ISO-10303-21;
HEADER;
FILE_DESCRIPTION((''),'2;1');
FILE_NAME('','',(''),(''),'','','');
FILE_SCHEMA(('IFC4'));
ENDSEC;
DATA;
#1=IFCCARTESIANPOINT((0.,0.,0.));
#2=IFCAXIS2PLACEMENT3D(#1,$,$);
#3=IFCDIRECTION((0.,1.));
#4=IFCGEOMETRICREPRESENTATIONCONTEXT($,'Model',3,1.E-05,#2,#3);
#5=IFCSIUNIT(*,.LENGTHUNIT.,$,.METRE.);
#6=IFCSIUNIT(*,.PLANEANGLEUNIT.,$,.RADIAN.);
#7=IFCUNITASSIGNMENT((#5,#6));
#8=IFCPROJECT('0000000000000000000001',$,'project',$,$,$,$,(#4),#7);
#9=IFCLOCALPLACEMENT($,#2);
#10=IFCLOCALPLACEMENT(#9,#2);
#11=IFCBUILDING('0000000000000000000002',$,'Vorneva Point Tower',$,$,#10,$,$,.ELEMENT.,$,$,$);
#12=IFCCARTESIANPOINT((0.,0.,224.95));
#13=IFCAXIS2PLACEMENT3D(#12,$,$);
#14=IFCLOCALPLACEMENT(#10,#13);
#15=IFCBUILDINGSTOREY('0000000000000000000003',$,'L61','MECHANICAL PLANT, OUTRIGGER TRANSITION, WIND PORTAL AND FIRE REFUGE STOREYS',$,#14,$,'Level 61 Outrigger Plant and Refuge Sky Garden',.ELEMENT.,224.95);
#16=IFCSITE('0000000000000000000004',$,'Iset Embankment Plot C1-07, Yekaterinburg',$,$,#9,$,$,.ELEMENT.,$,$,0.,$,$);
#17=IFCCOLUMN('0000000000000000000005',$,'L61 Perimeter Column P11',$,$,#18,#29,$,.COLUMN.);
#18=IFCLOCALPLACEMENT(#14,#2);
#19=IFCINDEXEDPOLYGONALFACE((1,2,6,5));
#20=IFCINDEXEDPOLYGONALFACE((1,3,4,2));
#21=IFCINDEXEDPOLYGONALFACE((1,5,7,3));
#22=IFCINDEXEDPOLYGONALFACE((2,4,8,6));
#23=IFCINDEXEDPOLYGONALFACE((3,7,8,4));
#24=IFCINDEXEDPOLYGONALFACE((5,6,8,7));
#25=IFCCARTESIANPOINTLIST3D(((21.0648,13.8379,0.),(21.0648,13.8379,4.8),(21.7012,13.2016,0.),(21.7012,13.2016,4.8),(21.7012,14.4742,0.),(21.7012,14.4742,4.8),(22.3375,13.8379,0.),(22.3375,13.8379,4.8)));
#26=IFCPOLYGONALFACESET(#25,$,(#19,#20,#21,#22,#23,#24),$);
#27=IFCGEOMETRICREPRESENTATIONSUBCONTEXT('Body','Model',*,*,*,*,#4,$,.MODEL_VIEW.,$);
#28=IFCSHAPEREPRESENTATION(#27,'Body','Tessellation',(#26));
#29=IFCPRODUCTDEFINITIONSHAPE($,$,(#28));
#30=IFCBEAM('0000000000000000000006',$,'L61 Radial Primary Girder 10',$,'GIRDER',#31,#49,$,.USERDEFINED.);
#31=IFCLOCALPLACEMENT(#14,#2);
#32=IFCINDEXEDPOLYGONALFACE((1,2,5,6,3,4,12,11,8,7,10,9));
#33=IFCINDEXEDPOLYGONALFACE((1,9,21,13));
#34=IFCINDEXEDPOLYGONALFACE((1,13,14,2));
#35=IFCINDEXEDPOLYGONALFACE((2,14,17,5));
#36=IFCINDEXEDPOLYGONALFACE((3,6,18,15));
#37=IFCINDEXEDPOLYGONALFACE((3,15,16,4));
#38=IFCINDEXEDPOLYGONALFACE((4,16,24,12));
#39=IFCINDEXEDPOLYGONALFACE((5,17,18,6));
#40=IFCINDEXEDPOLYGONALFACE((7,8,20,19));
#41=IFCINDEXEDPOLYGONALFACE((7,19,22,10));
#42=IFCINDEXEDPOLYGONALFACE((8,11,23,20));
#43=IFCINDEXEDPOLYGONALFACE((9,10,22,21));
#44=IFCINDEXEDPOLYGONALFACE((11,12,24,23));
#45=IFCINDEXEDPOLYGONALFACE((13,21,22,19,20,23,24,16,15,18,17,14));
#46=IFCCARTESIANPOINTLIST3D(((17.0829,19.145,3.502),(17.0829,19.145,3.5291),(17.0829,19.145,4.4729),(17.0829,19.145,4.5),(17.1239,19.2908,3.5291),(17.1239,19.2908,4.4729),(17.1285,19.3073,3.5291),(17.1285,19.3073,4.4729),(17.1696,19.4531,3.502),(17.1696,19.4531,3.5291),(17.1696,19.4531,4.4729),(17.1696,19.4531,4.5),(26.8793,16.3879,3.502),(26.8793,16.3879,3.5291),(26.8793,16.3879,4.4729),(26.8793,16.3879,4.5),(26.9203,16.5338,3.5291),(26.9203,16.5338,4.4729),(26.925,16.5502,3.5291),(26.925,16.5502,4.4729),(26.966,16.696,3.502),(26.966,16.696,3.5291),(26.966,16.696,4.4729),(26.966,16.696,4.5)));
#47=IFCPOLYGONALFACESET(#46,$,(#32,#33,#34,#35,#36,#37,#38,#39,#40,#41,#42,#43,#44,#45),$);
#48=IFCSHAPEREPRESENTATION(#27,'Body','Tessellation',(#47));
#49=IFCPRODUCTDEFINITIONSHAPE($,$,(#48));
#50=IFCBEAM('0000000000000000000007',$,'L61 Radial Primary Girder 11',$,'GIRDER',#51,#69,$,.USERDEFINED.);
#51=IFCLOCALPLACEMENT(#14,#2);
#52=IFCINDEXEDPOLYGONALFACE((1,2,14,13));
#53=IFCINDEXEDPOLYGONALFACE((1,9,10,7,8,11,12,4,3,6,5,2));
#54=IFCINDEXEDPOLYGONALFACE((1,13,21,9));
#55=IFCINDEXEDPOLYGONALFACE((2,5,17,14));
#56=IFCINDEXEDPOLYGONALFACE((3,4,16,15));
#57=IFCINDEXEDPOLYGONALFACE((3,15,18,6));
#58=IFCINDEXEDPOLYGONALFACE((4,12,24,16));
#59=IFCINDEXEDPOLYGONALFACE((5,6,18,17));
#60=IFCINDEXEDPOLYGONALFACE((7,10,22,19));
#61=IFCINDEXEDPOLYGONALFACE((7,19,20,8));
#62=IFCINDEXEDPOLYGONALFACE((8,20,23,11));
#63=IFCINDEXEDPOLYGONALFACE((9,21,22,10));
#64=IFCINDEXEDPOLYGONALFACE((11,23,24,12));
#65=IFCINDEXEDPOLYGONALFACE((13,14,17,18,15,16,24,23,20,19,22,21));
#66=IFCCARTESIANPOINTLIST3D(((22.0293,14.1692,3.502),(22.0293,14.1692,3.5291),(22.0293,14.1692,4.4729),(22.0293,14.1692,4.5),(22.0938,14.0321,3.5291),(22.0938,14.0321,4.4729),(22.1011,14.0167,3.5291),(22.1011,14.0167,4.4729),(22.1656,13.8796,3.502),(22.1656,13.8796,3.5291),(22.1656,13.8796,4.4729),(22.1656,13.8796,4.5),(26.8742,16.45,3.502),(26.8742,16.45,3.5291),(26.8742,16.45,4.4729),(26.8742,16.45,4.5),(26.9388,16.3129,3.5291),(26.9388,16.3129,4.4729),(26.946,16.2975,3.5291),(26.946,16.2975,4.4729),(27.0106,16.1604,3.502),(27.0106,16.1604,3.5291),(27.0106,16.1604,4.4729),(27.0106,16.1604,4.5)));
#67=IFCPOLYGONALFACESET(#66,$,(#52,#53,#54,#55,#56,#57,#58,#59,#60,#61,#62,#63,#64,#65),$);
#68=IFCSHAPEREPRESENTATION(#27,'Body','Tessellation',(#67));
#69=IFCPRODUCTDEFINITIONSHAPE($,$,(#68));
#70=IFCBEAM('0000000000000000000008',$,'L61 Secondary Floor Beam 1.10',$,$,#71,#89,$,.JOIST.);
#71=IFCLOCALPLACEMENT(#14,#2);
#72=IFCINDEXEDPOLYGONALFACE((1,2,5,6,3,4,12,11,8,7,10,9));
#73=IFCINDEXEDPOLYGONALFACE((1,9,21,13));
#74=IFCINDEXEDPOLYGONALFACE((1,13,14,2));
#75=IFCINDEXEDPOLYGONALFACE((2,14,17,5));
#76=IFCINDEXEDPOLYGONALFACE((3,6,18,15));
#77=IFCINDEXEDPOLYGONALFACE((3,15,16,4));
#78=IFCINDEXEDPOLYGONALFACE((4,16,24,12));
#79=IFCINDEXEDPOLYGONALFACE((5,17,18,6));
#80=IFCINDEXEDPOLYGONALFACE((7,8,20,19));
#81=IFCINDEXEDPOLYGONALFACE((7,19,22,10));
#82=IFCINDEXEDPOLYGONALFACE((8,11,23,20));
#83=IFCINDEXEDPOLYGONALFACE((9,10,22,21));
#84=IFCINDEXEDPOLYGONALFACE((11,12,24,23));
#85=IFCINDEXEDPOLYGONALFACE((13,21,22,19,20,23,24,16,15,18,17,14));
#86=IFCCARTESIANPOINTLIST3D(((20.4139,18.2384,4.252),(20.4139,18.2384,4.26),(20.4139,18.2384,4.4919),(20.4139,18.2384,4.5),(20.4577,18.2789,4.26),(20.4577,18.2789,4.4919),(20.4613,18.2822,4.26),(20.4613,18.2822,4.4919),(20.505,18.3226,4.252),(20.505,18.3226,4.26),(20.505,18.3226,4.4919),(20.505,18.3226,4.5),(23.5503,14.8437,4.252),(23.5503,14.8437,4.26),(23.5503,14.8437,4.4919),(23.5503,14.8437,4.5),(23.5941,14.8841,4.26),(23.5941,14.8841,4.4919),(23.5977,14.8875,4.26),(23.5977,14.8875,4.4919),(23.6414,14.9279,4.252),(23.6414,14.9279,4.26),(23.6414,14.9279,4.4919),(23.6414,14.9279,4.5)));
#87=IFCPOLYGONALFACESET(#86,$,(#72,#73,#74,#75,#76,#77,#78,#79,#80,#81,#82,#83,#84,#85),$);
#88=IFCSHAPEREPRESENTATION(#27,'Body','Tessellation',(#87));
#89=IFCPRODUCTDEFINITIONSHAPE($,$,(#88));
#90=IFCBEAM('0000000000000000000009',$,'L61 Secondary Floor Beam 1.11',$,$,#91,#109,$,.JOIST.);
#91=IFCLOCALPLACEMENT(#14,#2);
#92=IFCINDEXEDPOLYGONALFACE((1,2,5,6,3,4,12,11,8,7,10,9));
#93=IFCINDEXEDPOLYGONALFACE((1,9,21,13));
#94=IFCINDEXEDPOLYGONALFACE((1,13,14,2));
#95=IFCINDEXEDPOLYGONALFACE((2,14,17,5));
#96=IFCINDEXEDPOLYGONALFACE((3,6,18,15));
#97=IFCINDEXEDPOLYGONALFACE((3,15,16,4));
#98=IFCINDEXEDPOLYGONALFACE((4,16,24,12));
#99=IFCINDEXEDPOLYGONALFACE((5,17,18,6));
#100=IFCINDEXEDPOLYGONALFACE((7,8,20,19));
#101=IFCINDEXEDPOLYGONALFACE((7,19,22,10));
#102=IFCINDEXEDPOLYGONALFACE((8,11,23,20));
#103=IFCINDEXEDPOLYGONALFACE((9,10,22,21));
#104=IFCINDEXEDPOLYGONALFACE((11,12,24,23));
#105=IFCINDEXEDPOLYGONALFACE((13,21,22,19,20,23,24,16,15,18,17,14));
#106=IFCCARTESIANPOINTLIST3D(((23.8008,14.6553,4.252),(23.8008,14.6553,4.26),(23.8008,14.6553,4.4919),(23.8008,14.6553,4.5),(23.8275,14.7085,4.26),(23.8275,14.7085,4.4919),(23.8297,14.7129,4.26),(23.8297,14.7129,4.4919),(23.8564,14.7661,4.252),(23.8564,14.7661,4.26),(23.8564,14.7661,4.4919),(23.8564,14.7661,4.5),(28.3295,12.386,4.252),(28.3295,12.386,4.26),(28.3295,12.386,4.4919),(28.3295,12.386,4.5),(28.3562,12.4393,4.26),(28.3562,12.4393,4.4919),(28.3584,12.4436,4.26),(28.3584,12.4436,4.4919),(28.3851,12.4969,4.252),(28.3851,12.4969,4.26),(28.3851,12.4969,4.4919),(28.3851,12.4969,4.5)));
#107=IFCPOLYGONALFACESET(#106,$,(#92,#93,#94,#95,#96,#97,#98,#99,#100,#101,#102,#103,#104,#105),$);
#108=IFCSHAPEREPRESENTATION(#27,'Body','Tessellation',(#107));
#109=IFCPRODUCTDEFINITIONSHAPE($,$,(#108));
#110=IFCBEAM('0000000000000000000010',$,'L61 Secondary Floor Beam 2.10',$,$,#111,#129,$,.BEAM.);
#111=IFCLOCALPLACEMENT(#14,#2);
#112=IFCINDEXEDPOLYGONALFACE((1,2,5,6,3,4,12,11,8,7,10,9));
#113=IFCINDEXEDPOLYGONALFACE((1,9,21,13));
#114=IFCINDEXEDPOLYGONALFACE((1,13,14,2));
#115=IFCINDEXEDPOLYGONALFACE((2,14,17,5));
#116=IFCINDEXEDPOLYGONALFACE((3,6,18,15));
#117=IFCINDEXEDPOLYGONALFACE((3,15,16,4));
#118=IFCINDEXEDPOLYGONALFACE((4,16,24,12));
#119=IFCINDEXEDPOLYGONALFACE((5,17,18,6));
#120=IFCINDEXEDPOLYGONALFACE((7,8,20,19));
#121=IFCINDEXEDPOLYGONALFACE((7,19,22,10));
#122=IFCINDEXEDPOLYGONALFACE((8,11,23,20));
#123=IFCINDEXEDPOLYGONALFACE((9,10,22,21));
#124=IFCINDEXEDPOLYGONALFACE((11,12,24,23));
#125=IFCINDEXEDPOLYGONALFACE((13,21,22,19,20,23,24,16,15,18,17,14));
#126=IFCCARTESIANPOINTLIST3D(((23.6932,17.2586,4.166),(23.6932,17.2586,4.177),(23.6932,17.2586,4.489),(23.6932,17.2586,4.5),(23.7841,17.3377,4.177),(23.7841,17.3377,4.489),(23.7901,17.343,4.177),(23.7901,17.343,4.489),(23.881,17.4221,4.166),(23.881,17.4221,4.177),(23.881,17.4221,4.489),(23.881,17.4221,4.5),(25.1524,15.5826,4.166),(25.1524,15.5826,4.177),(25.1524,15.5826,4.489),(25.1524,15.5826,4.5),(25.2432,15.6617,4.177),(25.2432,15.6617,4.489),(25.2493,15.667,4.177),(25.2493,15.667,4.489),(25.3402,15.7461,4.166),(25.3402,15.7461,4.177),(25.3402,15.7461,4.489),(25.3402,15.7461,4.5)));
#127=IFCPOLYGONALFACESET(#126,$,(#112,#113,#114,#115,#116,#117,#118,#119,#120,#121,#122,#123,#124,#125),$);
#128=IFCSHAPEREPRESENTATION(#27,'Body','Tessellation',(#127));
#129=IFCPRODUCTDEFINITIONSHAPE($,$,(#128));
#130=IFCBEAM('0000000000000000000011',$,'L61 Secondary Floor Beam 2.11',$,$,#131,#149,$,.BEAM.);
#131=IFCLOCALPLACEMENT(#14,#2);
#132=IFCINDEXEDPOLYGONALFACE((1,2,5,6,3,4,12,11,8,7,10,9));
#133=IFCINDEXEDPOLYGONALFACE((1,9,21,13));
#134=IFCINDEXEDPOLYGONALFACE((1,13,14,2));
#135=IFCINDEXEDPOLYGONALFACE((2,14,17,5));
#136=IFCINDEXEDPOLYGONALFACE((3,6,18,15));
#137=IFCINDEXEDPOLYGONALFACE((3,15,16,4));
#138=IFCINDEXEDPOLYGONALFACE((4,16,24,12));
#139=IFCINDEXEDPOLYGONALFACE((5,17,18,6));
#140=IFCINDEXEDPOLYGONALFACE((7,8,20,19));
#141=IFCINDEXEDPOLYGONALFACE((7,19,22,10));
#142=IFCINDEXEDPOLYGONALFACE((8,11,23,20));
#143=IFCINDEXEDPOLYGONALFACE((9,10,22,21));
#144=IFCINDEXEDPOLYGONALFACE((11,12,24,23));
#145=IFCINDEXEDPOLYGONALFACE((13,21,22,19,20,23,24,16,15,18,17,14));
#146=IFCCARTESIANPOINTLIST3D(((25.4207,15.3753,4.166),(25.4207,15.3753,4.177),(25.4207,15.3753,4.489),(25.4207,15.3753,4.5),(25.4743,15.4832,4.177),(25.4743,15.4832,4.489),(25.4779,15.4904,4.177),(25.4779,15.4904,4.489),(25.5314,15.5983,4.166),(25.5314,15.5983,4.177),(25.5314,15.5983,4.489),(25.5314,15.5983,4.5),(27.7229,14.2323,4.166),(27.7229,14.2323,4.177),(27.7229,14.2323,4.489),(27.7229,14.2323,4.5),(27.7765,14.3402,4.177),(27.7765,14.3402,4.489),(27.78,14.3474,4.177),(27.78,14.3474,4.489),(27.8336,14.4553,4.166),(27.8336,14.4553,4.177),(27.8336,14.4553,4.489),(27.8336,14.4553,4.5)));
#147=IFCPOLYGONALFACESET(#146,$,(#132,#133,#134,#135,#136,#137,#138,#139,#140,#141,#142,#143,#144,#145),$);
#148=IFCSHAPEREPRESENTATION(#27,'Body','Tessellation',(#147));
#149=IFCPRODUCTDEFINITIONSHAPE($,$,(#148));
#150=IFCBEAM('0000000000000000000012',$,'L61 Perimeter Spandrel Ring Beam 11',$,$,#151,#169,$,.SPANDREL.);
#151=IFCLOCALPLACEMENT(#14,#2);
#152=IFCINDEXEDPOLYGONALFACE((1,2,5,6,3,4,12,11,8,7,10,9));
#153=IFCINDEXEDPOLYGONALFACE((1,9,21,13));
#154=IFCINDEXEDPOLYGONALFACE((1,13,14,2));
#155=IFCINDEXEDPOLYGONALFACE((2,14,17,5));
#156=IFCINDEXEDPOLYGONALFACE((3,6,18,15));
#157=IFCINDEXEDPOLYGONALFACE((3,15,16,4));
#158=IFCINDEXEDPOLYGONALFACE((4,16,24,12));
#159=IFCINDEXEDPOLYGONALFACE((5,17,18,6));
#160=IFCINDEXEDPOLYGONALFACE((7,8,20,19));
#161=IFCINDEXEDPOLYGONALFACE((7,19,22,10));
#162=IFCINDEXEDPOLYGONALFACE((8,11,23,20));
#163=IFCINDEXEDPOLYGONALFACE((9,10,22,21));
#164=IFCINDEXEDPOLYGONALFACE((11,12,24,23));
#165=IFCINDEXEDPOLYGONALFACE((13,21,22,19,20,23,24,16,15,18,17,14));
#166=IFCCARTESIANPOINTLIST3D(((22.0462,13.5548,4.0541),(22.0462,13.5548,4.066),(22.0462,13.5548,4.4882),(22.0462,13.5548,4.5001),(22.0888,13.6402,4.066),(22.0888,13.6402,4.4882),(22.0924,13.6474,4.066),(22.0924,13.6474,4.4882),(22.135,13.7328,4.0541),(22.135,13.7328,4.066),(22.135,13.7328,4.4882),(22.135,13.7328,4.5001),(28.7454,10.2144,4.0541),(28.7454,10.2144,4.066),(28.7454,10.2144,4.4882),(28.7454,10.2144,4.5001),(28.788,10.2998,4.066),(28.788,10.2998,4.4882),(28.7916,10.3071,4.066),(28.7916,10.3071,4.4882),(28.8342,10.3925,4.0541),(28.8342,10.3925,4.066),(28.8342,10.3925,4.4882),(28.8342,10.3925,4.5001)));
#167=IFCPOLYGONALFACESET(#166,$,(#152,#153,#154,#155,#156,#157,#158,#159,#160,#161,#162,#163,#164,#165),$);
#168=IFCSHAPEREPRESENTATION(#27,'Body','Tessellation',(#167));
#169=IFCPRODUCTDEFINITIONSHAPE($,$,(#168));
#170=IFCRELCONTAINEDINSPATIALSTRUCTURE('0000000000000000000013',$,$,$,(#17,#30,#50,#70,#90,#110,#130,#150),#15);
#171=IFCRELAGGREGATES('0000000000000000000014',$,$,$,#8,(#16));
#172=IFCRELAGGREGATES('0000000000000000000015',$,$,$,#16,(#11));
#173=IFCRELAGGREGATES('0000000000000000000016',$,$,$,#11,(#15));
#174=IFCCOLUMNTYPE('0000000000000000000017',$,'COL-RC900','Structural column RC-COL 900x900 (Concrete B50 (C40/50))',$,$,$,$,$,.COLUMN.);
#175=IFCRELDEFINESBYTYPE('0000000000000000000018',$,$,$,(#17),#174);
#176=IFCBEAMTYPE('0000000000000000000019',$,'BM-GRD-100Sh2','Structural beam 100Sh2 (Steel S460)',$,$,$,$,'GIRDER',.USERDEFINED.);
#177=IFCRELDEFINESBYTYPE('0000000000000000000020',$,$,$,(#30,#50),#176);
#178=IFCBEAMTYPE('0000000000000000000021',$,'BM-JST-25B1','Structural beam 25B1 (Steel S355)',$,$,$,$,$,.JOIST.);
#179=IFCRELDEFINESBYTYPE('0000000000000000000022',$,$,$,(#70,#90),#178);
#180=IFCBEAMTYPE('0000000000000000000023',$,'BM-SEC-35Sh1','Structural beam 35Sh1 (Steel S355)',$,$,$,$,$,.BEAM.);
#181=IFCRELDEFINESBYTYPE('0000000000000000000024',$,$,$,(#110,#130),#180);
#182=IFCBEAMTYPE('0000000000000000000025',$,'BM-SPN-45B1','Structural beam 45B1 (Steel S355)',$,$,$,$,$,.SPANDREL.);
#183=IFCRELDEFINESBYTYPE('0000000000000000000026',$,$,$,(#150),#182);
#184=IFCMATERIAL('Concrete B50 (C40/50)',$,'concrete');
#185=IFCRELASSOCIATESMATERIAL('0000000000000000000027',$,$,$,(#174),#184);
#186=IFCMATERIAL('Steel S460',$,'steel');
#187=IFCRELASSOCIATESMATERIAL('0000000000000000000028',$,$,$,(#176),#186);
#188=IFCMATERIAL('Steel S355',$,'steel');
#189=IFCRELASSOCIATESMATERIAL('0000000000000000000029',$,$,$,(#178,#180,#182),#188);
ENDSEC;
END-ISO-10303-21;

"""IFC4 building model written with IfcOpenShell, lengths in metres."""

from ifc_helpers import new_model, si_unit, direction, frame, origin, origin_2d, place, context, subcontext, project, spatial, rectangle, i_section, extrude, material, material_profile, profile_set, type_object, element, save


model = new_model("IFC4")

# Units and contexts
model_context = context("Model", 3, precision=1e-05, world=origin(), true_north=direction((0.0, 1.0)))
body_context = subcontext(model_context, "Body", "Model", "MODEL_VIEW")
ifc_project = project(units=[si_unit("LENGTHUNIT", "METRE"), si_unit("PLANEANGLEUNIT", "RADIAN")], contexts=[model_context])

# Site, building, storey
site_placement = place(None, origin())
site = spatial("IfcSite", under=ifc_project, at=site_placement, Name="Iset Embankment Plot C1-07, Yekaterinburg", CompositionType="ELEMENT", RefElevation=0.0)
building_placement = place(site_placement, origin())
building = spatial("IfcBuilding", under=site, at=building_placement, Name="Vorneva Point Tower", CompositionType="ELEMENT")
storey_placement = place(building_placement, frame((0.0, 0.0, 224.95)))
storey = spatial("IfcBuildingStorey", under=building, at=storey_placement, Name="L61", Description="MECHANICAL PLANT, OUTRIGGER TRANSITION, WIND PORTAL AND FIRE REFUGE STOREYS", LongName="Level 61 Outrigger Plant and Refuge Sky Garden", CompositionType="ELEMENT", Elevation=224.95)

# Column
ifc_material_1 = material(Name="Concrete B50 (C40/50)", Category="concrete")
ifc_material_profile_1 = material_profile(ifc_material_1, rectangle(XDim=0.8999, YDim=0.8999, at=origin_2d()), Name="RC-COL 900x900")
ifc_profile_set_1 = profile_set([ifc_material_profile_1], Name="Concrete B50 (C40/50)")
column_type = type_object("IfcColumnType", Name="COL-RC900", Description="Structural column RC-COL 900x900 (Concrete B50 (C40/50))", PredefinedType="COLUMN", material=ifc_profile_set_1)
column_placement = place(storey_placement, frame((21.7012, 13.8379, 0.0), z_axis=(0.0, 0.0, 1.0), x_axis=(-0.707107, -0.707107, 0.0)))
element("IfcColumn", 1, at=column_placement, inside=storey, type_object=column_type, Name="L61 Perimeter Column P11", PredefinedType="COLUMN", context=body_context, shape_type="SweptSolid", body=[
    extrude(rectangle(XDim=0.8999, YDim=0.8999, at=origin_2d()), origin(), (0.0, 0.0, 1.0), 4.8),
])

# Beams
ifc_material_2 = material(Name="Steel S460", Category="steel")
ifc_material_profile_2 = material_profile(ifc_material_2, i_section(OverallWidth=0.3201, OverallDepth=0.998, WebThickness=0.0171, FlangeThickness=0.0271, at=origin_2d()), Name="100Sh2")
ifc_profile_set_2 = profile_set([ifc_material_profile_2], Name="Steel S460")
beam_type_1 = type_object("IfcBeamType", Name="BM-GRD-100Sh2", Description="Structural beam 100Sh2 (Steel S460)", ElementType="GIRDER", PredefinedType="USERDEFINED", material=ifc_profile_set_2)
beam_1_placement = place(storey_placement, frame((17.1262, 19.2991, 4.001), z_axis=(0.962604, -0.270914, 0.0), x_axis=(0.270914, 0.962604, 0.0)))
element("IfcBeam", 2, at=beam_1_placement, inside=storey, type_object=beam_type_1, Name="L61 Radial Primary Girder 10", ObjectType="GIRDER", PredefinedType="USERDEFINED", context=body_context, shape_type="SweptSolid", body=[
    extrude(i_section(OverallWidth=0.3201, OverallDepth=0.998, WebThickness=0.0171, FlangeThickness=0.0271, at=origin_2d()), origin(), (0.0, 0.0, 1.0), 10.177),
])
beam_2_placement = place(storey_placement, frame((22.0974, 14.0244, 4.001), z_axis=(0.904763, 0.425916, 0.0), x_axis=(-0.425916, 0.904763, 0.0)))
element("IfcBeam", 3, at=beam_2_placement, inside=storey, type_object=beam_type_1, Name="L61 Radial Primary Girder 11", ObjectType="GIRDER", PredefinedType="USERDEFINED", context=body_context, shape_type="SweptSolid", body=[
    extrude(i_section(OverallWidth=0.3201, OverallDepth=0.998, WebThickness=0.0171, FlangeThickness=0.0271, at=origin_2d()), origin(), (0.0, 0.0, 1.0), 5.355),
])
ifc_material_3 = material(Name="Steel S355", Category="steel")
ifc_material_profile_3 = material_profile(ifc_material_3, i_section(OverallWidth=0.124, OverallDepth=0.248, WebThickness=0.0049, FlangeThickness=0.0081, at=origin_2d()), Name="25B1")
ifc_profile_set_3 = profile_set([ifc_material_profile_3], Name="Steel S355")
beam_type_2 = type_object("IfcBeamType", Name="BM-JST-25B1", Description="Structural beam 25B1 (Steel S355)", PredefinedType="JOIST", material=ifc_profile_set_3)
beam_3_placement = place(storey_placement, frame((20.4595, 18.2805, 4.376), z_axis=(0.678611, -0.734498, 0.0), x_axis=(0.734498, 0.678611, 0.0)))
element("IfcBeam", 4, at=beam_3_placement, inside=storey, type_object=beam_type_2, Name="L61 Secondary Floor Beam 1.10", PredefinedType="JOIST", context=body_context, shape_type="SweptSolid", body=[
    extrude(i_section(OverallWidth=0.124, OverallDepth=0.248, WebThickness=0.0049, FlangeThickness=0.0081, at=origin_2d()), origin(), (0.0, 0.0, 1.0), 4.6218),
])
beam_4_placement = place(storey_placement, frame((23.8286, 14.7107, 4.376), z_axis=(0.894041, -0.447985, 0.0), x_axis=(0.447985, 0.894041, 0.0)))
element("IfcBeam", 5, at=beam_4_placement, inside=storey, type_object=beam_type_2, Name="L61 Secondary Floor Beam 1.11", PredefinedType="JOIST", context=body_context, shape_type="SweptSolid", body=[
    extrude(i_section(OverallWidth=0.124, OverallDepth=0.248, WebThickness=0.0049, FlangeThickness=0.0081, at=origin_2d()), origin(), (0.0, 0.0, 1.0), 5.0654),
])
ifc_material_profile_4 = material_profile(ifc_material_3, i_section(OverallWidth=0.249, OverallDepth=0.334, WebThickness=0.0081, FlangeThickness=0.011, at=origin_2d()), Name="35Sh1")
ifc_profile_set_4 = profile_set([ifc_material_profile_4], Name="Steel S355")
beam_type_3 = type_object("IfcBeamType", Name="BM-SEC-35Sh1", Description="Structural beam 35Sh1 (Steel S355)", PredefinedType="BEAM", material=ifc_profile_set_4)
beam_5_placement = place(storey_placement, frame((23.7871, 17.3403, 4.333), z_axis=(0.656644, -0.754201, 0.0), x_axis=(0.754201, 0.656644, 0.0)))
element("IfcBeam", 6, at=beam_5_placement, inside=storey, type_object=beam_type_3, Name="L61 Secondary Floor Beam 2.10", PredefinedType="BEAM", context=body_context, shape_type="SweptSolid", body=[
    extrude(i_section(OverallWidth=0.249, OverallDepth=0.334, WebThickness=0.0081, FlangeThickness=0.011, at=origin_2d()), origin(), (0.0, 0.0, 1.0), 2.2222),
])
beam_6_placement = place(storey_placement, frame((25.4761, 15.4868, 4.333), z_axis=(0.895677, -0.444704, 0.0), x_axis=(0.444704, 0.895677, 0.0)))
element("IfcBeam", 7, at=beam_6_placement, inside=storey, type_object=beam_type_3, Name="L61 Secondary Floor Beam 2.11", PredefinedType="BEAM", context=body_context, shape_type="SweptSolid", body=[
    extrude(i_section(OverallWidth=0.249, OverallDepth=0.334, WebThickness=0.0081, FlangeThickness=0.011, at=origin_2d()), origin(), (0.0, 0.0, 1.0), 2.5703),
])
ifc_material_profile_5 = material_profile(ifc_material_3, i_section(OverallWidth=0.199, OverallDepth=0.446, WebThickness=0.0081, FlangeThickness=0.012, at=origin_2d()), Name="45B1")
ifc_profile_set_5 = profile_set([ifc_material_profile_5], Name="Steel S355")
beam_type_4 = type_object("IfcBeamType", Name="BM-SPN-45B1", Description="Structural beam 45B1 (Steel S355)", PredefinedType="SPANDREL", material=ifc_profile_set_5)
beam_7_placement = place(storey_placement, frame((22.0906, 13.6438, 4.2771), z_axis=(0.894922, -0.446222, 0.0), x_axis=(0.446222, 0.894922, 0.0)))
element("IfcBeam", 8, at=beam_7_placement, inside=storey, type_object=beam_type_4, Name="L61 Perimeter Spandrel Ring Beam 11", PredefinedType="SPANDREL", context=body_context, shape_type="SweptSolid", body=[
    extrude(i_section(OverallWidth=0.199, OverallDepth=0.446, WebThickness=0.0081, FlangeThickness=0.012, at=origin_2d()), origin(), (0.0, 0.0, 1.0), 7.4858),
])

save(model, "model.ifc")
